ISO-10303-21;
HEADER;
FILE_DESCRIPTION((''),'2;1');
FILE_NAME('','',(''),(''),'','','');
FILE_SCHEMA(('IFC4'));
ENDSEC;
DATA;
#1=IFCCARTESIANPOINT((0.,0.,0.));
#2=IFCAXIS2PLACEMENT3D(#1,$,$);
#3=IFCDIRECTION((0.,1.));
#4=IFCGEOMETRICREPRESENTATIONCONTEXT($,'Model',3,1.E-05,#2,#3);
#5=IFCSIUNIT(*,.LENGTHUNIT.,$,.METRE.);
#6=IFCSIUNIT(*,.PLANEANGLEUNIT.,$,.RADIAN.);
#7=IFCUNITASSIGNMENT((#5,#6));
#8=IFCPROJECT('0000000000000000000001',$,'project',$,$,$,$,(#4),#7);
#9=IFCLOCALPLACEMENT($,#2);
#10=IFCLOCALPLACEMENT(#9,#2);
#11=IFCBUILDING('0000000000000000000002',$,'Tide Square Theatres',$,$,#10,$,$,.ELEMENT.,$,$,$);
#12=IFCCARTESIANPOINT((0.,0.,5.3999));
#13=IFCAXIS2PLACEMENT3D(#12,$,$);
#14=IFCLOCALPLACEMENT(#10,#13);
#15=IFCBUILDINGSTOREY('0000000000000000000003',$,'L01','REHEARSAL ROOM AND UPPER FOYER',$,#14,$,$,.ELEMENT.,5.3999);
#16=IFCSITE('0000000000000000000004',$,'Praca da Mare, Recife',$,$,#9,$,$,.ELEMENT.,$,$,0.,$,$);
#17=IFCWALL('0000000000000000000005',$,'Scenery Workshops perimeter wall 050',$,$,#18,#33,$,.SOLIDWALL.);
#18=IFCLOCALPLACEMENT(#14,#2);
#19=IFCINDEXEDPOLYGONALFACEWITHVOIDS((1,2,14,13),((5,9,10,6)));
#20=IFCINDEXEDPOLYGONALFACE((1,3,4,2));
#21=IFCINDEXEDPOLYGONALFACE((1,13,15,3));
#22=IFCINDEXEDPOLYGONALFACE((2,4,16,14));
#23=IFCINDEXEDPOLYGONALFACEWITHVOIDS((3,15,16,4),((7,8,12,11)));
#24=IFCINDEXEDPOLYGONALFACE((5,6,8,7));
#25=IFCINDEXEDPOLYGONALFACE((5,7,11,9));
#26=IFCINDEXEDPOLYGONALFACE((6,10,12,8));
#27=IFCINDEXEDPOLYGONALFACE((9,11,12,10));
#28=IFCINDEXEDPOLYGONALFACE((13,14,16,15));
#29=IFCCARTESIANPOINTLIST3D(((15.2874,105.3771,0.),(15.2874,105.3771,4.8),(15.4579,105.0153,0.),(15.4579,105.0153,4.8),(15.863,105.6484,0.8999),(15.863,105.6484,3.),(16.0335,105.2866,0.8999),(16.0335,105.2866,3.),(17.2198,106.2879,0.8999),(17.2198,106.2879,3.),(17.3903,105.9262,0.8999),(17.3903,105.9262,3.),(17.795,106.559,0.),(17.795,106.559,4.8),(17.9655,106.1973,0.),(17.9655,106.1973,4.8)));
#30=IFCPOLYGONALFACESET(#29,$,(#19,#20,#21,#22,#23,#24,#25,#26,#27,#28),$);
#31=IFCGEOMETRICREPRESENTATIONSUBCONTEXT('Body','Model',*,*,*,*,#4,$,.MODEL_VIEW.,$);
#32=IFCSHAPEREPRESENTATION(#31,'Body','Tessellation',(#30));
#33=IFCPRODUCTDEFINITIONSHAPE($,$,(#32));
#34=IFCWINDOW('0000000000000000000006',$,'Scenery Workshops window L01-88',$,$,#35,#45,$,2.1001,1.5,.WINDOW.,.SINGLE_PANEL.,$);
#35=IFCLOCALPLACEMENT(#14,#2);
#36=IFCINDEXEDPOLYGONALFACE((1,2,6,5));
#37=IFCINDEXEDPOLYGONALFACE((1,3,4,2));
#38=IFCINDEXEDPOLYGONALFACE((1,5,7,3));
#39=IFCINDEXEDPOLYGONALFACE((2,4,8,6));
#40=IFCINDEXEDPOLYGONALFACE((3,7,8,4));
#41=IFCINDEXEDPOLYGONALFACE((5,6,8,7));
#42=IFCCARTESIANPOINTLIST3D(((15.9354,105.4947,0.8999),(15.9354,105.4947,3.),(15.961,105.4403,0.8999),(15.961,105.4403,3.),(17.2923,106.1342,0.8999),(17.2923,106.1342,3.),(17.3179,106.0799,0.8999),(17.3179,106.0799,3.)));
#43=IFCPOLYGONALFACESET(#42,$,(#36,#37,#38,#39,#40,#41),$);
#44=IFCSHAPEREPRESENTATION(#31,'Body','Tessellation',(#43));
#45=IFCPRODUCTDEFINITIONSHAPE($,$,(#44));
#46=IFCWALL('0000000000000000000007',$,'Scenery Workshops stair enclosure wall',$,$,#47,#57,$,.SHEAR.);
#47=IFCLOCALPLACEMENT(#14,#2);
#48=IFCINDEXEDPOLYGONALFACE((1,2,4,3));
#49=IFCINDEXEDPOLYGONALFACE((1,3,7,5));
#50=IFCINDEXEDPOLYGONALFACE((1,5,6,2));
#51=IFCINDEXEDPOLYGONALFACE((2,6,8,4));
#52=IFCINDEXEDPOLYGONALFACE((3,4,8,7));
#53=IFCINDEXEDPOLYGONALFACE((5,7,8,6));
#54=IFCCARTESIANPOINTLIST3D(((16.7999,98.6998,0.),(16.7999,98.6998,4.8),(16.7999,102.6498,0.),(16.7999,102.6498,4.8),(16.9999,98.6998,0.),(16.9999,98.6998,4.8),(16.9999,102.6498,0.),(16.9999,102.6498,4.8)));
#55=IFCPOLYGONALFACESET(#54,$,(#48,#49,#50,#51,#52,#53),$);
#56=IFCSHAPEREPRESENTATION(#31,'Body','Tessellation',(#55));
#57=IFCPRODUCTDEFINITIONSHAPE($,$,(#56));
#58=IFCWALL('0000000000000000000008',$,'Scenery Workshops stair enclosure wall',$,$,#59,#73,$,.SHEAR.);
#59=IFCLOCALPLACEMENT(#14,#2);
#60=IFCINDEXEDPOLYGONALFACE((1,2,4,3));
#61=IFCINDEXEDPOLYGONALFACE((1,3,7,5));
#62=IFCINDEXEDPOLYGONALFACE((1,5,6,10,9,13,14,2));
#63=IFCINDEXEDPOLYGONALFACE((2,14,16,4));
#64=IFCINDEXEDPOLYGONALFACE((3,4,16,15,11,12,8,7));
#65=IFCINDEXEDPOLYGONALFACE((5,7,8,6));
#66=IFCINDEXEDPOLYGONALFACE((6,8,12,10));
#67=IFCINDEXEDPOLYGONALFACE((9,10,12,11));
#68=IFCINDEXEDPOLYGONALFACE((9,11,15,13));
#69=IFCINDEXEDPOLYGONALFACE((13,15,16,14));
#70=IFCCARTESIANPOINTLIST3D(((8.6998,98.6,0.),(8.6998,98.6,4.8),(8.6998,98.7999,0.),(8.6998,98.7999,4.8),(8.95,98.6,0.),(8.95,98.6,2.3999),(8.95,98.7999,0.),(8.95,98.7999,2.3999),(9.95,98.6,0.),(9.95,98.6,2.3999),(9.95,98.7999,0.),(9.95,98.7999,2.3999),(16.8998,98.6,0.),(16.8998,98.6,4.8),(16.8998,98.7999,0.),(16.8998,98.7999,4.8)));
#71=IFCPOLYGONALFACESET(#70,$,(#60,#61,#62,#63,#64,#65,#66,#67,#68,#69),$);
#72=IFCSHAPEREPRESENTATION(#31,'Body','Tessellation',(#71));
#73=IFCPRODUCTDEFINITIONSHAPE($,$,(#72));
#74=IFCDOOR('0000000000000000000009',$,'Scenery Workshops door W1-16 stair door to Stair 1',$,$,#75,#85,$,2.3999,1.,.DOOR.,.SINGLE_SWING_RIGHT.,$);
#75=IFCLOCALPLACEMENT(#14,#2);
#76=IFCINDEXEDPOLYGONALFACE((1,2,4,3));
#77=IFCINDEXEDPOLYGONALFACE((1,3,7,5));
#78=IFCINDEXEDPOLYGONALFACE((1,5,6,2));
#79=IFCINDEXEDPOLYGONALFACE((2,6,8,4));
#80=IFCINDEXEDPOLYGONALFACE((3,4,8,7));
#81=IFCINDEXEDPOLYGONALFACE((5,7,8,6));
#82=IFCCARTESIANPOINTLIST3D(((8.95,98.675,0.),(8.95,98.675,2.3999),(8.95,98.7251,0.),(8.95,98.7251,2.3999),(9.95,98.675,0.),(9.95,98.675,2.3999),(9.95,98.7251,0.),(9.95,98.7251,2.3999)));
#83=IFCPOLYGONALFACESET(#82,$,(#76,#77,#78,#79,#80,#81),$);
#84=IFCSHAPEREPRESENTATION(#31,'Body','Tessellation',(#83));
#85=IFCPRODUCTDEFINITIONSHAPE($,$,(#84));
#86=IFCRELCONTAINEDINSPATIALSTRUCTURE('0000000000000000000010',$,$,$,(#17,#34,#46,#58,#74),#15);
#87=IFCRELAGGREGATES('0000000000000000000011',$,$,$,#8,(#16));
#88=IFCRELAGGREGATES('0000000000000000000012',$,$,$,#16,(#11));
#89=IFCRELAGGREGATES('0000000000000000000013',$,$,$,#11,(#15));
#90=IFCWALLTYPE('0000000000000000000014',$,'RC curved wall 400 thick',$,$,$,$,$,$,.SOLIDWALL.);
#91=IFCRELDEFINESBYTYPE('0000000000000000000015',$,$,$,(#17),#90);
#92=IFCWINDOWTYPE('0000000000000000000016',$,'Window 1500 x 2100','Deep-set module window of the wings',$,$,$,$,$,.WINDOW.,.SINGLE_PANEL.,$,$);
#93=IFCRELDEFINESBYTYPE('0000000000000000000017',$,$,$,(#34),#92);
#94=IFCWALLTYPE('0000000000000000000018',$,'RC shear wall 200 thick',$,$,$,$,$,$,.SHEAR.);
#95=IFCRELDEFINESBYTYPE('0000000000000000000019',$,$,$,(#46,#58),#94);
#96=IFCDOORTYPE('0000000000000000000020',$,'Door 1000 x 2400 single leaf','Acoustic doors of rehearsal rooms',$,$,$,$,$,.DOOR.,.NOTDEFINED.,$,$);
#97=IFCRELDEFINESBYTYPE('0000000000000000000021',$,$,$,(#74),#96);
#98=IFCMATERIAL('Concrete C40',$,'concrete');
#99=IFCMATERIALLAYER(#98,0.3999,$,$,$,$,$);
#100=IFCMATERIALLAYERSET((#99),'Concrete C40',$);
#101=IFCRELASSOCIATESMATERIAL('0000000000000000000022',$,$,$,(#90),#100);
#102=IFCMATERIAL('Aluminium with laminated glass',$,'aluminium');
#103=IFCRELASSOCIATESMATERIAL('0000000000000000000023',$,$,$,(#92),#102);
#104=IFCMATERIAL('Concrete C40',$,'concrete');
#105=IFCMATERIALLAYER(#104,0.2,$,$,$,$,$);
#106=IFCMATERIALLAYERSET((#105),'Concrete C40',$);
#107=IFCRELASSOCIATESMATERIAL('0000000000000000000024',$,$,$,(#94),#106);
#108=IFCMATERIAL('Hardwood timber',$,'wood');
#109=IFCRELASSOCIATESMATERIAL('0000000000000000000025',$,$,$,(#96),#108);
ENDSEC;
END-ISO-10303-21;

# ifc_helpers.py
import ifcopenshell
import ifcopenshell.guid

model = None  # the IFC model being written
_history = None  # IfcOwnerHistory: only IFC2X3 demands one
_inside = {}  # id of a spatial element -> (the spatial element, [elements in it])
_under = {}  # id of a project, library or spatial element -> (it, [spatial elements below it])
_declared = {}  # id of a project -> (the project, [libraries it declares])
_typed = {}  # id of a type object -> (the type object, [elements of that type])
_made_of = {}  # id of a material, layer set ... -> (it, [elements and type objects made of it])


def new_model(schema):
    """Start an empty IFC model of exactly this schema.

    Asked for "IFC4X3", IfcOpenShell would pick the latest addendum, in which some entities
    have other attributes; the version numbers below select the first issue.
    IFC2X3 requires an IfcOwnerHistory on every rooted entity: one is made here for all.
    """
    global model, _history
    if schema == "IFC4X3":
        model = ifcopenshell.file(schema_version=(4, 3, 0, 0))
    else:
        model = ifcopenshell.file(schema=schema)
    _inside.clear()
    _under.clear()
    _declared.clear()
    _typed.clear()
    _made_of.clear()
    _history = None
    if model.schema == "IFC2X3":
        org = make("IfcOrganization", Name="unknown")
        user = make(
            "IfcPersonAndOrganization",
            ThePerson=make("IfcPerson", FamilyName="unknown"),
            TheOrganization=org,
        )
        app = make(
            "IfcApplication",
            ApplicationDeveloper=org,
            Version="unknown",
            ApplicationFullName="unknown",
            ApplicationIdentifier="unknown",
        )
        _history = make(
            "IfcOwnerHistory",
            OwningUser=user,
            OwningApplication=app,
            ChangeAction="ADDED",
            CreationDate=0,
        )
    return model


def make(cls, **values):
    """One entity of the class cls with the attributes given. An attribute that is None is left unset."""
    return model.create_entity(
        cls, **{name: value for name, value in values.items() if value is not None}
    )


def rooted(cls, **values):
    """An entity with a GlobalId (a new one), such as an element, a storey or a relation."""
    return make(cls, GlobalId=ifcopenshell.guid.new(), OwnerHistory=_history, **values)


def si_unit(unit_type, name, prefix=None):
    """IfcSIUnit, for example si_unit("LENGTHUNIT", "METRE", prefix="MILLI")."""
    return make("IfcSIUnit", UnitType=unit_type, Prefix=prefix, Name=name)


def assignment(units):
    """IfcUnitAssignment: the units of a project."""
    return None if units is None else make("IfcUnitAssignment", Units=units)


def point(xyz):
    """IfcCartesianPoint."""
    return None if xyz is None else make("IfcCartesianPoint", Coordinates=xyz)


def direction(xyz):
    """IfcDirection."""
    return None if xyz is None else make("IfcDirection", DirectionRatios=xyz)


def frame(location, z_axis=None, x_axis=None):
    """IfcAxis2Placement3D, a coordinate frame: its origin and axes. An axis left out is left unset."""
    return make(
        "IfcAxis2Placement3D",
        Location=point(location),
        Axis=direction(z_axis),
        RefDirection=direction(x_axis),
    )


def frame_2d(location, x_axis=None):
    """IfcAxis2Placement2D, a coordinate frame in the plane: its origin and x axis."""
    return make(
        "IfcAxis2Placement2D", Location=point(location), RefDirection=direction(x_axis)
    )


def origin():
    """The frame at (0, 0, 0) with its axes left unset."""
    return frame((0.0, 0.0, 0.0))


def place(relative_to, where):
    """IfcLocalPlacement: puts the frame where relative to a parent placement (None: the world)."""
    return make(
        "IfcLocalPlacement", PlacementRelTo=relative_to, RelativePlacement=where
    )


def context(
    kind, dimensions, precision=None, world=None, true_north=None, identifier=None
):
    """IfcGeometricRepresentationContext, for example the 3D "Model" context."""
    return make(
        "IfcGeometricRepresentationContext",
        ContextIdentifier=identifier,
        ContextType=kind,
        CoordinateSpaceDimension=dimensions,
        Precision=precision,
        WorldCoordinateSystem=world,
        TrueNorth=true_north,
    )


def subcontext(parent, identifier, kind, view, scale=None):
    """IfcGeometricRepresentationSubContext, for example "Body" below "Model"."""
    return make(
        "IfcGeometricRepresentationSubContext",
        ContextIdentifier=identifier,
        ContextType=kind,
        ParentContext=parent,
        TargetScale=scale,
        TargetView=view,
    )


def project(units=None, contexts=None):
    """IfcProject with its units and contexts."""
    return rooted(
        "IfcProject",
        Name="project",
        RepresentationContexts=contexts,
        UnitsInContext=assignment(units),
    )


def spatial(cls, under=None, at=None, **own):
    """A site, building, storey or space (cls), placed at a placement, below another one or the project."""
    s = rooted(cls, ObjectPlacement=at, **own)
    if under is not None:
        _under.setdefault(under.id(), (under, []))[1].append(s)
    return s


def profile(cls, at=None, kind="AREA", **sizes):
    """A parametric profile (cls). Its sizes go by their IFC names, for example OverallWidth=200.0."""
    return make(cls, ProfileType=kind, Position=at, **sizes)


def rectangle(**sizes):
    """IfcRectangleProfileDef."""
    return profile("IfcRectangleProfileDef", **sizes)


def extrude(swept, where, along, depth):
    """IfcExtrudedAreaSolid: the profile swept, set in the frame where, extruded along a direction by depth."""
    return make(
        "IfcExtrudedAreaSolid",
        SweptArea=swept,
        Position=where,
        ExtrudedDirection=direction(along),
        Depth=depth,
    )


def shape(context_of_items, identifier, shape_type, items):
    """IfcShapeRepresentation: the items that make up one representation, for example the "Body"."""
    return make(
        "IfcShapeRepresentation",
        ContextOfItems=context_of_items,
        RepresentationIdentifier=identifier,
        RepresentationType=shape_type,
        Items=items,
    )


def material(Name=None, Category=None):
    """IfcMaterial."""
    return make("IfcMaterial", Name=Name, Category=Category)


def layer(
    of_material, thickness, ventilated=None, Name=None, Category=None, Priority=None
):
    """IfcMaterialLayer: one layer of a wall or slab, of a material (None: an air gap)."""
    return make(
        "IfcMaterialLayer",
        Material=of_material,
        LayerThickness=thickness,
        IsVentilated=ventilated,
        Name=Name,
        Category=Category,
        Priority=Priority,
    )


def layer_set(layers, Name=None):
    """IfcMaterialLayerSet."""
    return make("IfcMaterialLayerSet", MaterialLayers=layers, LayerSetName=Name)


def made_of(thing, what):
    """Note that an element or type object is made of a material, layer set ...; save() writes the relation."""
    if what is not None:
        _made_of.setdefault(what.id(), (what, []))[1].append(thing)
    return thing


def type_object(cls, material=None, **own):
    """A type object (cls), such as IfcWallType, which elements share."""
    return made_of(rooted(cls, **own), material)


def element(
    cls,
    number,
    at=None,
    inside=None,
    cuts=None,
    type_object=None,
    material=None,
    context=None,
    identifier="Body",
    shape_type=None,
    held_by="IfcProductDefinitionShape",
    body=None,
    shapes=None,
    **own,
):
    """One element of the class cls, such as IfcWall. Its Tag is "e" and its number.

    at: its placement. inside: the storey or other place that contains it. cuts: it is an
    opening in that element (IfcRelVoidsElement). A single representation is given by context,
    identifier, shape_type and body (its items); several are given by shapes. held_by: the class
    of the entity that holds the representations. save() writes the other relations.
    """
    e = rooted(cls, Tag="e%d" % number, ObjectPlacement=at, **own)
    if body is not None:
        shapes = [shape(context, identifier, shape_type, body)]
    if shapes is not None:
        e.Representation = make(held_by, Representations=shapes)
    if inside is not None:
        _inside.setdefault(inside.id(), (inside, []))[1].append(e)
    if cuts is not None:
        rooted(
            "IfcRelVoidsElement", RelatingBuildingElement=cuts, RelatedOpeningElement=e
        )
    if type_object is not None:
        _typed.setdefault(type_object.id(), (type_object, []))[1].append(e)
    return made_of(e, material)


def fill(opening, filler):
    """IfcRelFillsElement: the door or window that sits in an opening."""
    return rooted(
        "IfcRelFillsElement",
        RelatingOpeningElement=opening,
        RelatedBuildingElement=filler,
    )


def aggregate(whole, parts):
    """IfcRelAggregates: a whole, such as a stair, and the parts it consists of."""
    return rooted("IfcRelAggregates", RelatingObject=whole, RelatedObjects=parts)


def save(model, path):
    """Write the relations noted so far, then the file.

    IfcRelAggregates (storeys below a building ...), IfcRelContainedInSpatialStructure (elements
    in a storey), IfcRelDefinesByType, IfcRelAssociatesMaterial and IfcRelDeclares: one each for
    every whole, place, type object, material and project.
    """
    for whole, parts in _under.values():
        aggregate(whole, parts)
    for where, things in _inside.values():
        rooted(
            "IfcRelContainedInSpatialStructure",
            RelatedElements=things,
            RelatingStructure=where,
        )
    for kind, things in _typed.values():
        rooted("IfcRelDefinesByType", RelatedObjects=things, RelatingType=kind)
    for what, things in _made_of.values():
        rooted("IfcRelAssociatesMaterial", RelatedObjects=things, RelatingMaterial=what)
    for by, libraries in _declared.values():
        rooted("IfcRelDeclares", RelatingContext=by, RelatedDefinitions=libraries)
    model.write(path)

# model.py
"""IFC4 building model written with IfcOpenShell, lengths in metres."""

from ifc_helpers import new_model, si_unit, direction, frame, frame_2d, origin, place, context, subcontext, project, spatial, rectangle, extrude, material, layer, layer_set, type_object, element, fill, save


model = new_model("IFC4")

# Units and contexts
model_context = context("Model", 3, precision=1e-05, world=origin(), true_north=direction((0.0, 1.0)))
body_context = subcontext(model_context, "Body", "Model", "MODEL_VIEW")
ifc_project = project(units=[si_unit("LENGTHUNIT", "METRE"), si_unit("PLANEANGLEUNIT", "RADIAN")], contexts=[model_context])

# Site, building, storey
site_placement = place(None, origin())
site = spatial("IfcSite", under=ifc_project, at=site_placement, Name="Praca da Mare, Recife", CompositionType="ELEMENT", RefElevation=0.0)
building_placement = place(site_placement, origin())
building = spatial("IfcBuilding", under=site, at=building_placement, Name="Tide Square Theatres", CompositionType="ELEMENT")
storey_placement = place(building_placement, frame((0.0, 0.0, 5.3999)))
storey = spatial("IfcBuildingStorey", under=building, at=storey_placement, Name="L01", Description="REHEARSAL ROOM AND UPPER FOYER", CompositionType="ELEMENT", Elevation=5.3999)

# Wall, opening, window
ifc_material_1 = material(Name="Concrete C40", Category="concrete")
ifc_layer_1 = layer(ifc_material_1, 0.3999)
ifc_layer_set_1 = layer_set([ifc_layer_1], Name="Concrete C40")
wall_type_1 = type_object("IfcWallType", Name="RC curved wall 400 thick", PredefinedType="SOLIDWALL", material=ifc_layer_set_1)
ifc_material_2 = material(Name="Aluminium with laminated glass", Category="aluminium")
window_type = type_object("IfcWindowType", Name="Window 1500 x 2100", Description="Deep-set module window of the wings", PartitioningType="SINGLE_PANEL", PredefinedType="WINDOW", material=ifc_material_2)
wall_1_placement = place(storey_placement, frame((17.8804, 106.3782, 0.0), z_axis=(0.0, 0.0, 1.0), x_axis=(-0.904561, -0.426344, 0.0)))
wall_1 = element("IfcWall", 1, at=wall_1_placement, inside=storey, type_object=wall_type_1, Name="Scenery Workshops perimeter wall 050", PredefinedType="SOLIDWALL", context=body_context, shape_type="SweptSolid", body=[
    extrude(rectangle(XDim=2.7722, YDim=0.3999, at=frame_2d((1.3862, 0.0))), origin(), (0.0, 0.0, 1.0), 4.8),
])
opening_1_placement = place(wall_1_placement, frame((0.636, 0.0, 0.8999)))
opening_1 = element("IfcOpeningElement", 2, at=opening_1_placement, cuts=wall_1, PredefinedType="OPENING", context=body_context, shape_type="SweptSolid", body=[
    extrude(rectangle(XDim=1.5, YDim=2.1001, at=frame_2d((0.75, 1.05))), frame((0.0, 0.21, 0.0), z_axis=(0.0, -1.0, 0.0), x_axis=(1.0, 0.0, 0.0)), (0.0, 0.0, 1.0), 0.4199),
])
window_1_placement = place(opening_1_placement, origin())
window_1 = element("IfcWindow", 3, at=window_1_placement, inside=storey, type_object=window_type, Name="Scenery Workshops window L01-88", OverallHeight=2.1001, OverallWidth=1.5, PartitioningType="SINGLE_PANEL", PredefinedType="WINDOW", context=body_context, shape_type="SweptSolid", body=[
    extrude(rectangle(XDim=1.5, YDim=2.1001, at=frame_2d((0.75, 1.05))), frame((0.0, 0.03, 0.0), z_axis=(0.0, -1.0, 0.0), x_axis=(1.0, 0.0, 0.0)), (0.0, 0.0, 1.0), 0.0601),
])
fill(opening_1, window_1)

# Wall
ifc_material_3 = material(Name="Concrete C40", Category="concrete")
ifc_layer_2 = layer(ifc_material_3, 0.2)
ifc_layer_set_2 = layer_set([ifc_layer_2], Name="Concrete C40")
wall_type_2 = type_object("IfcWallType", Name="RC shear wall 200 thick", PredefinedType="SHEAR", material=ifc_layer_set_2)
wall_2_placement = place(storey_placement, frame((16.8999, 102.6499, 0.0), z_axis=(0.0, 0.0, 1.0), x_axis=(0.0, -1.0, 0.0)))
element("IfcWall", 4, at=wall_2_placement, inside=storey, type_object=wall_type_2, Name="Scenery Workshops stair enclosure wall", PredefinedType="SHEAR", context=body_context, shape_type="SweptSolid", body=[
    extrude(rectangle(XDim=3.95, YDim=0.2, at=frame_2d((1.9751, 0.0))), origin(), (0.0, 0.0, 1.0), 4.8),
])

# Wall, opening, door
wall_3_placement = place(storey_placement, frame((16.8999, 98.7, 0.0), z_axis=(0.0, 0.0, 1.0), x_axis=(-1.0, 0.0, 0.0)))
wall_3 = element("IfcWall", 5, at=wall_3_placement, inside=storey, type_object=wall_type_2, Name="Scenery Workshops stair enclosure wall", PredefinedType="SHEAR", context=body_context, shape_type="SweptSolid", body=[
    extrude(rectangle(XDim=8.2, YDim=0.2, at=frame_2d((4.1001, 0.0))), origin(), (0.0, 0.0, 1.0), 4.8),
])
opening_2_placement = place(wall_3_placement, frame((6.95, 0.0, 0.0)))
opening_2 = element("IfcOpeningElement", 6, at=opening_2_placement, cuts=wall_3, PredefinedType="OPENING", context=body_context, shape_type="SweptSolid", body=[
    extrude(rectangle(XDim=1.0, YDim=2.3999, at=frame_2d((0.5, 1.2))), frame((0.0, 0.1099, 0.0), z_axis=(0.0, -1.0, 0.0), x_axis=(1.0, 0.0, 0.0)), (0.0, 0.0, 1.0), 0.22),
])
ifc_material_4 = material(Name="Hardwood timber", Category="wood")
door_type_1 = type_object("IfcDoorType", Name="Door 1000 x 2400 single leaf", Description="Acoustic doors of rehearsal rooms", OperationType="NOTDEFINED", PredefinedType="DOOR", material=ifc_material_4)
door_1_placement = place(opening_2_placement, origin())
door_1 = element("IfcDoor", 7, at=door_1_placement, inside=storey, type_object=door_type_1, Name="Scenery Workshops door W1-16 stair door to Stair 1", OperationType="SINGLE_SWING_RIGHT", OverallHeight=2.3999, OverallWidth=1.0, PredefinedType="DOOR", context=body_context, shape_type="SweptSolid", body=[
    extrude(rectangle(XDim=1.0, YDim=2.3999, at=frame_2d((0.5, 1.2))), frame((0.0, 0.0249, 0.0), z_axis=(0.0, -1.0, 0.0), x_axis=(1.0, 0.0, 0.0)), (0.0, 0.0, 1.0), 0.05),
])
fill(opening_2, door_1)

save(model, "model.ifc")
